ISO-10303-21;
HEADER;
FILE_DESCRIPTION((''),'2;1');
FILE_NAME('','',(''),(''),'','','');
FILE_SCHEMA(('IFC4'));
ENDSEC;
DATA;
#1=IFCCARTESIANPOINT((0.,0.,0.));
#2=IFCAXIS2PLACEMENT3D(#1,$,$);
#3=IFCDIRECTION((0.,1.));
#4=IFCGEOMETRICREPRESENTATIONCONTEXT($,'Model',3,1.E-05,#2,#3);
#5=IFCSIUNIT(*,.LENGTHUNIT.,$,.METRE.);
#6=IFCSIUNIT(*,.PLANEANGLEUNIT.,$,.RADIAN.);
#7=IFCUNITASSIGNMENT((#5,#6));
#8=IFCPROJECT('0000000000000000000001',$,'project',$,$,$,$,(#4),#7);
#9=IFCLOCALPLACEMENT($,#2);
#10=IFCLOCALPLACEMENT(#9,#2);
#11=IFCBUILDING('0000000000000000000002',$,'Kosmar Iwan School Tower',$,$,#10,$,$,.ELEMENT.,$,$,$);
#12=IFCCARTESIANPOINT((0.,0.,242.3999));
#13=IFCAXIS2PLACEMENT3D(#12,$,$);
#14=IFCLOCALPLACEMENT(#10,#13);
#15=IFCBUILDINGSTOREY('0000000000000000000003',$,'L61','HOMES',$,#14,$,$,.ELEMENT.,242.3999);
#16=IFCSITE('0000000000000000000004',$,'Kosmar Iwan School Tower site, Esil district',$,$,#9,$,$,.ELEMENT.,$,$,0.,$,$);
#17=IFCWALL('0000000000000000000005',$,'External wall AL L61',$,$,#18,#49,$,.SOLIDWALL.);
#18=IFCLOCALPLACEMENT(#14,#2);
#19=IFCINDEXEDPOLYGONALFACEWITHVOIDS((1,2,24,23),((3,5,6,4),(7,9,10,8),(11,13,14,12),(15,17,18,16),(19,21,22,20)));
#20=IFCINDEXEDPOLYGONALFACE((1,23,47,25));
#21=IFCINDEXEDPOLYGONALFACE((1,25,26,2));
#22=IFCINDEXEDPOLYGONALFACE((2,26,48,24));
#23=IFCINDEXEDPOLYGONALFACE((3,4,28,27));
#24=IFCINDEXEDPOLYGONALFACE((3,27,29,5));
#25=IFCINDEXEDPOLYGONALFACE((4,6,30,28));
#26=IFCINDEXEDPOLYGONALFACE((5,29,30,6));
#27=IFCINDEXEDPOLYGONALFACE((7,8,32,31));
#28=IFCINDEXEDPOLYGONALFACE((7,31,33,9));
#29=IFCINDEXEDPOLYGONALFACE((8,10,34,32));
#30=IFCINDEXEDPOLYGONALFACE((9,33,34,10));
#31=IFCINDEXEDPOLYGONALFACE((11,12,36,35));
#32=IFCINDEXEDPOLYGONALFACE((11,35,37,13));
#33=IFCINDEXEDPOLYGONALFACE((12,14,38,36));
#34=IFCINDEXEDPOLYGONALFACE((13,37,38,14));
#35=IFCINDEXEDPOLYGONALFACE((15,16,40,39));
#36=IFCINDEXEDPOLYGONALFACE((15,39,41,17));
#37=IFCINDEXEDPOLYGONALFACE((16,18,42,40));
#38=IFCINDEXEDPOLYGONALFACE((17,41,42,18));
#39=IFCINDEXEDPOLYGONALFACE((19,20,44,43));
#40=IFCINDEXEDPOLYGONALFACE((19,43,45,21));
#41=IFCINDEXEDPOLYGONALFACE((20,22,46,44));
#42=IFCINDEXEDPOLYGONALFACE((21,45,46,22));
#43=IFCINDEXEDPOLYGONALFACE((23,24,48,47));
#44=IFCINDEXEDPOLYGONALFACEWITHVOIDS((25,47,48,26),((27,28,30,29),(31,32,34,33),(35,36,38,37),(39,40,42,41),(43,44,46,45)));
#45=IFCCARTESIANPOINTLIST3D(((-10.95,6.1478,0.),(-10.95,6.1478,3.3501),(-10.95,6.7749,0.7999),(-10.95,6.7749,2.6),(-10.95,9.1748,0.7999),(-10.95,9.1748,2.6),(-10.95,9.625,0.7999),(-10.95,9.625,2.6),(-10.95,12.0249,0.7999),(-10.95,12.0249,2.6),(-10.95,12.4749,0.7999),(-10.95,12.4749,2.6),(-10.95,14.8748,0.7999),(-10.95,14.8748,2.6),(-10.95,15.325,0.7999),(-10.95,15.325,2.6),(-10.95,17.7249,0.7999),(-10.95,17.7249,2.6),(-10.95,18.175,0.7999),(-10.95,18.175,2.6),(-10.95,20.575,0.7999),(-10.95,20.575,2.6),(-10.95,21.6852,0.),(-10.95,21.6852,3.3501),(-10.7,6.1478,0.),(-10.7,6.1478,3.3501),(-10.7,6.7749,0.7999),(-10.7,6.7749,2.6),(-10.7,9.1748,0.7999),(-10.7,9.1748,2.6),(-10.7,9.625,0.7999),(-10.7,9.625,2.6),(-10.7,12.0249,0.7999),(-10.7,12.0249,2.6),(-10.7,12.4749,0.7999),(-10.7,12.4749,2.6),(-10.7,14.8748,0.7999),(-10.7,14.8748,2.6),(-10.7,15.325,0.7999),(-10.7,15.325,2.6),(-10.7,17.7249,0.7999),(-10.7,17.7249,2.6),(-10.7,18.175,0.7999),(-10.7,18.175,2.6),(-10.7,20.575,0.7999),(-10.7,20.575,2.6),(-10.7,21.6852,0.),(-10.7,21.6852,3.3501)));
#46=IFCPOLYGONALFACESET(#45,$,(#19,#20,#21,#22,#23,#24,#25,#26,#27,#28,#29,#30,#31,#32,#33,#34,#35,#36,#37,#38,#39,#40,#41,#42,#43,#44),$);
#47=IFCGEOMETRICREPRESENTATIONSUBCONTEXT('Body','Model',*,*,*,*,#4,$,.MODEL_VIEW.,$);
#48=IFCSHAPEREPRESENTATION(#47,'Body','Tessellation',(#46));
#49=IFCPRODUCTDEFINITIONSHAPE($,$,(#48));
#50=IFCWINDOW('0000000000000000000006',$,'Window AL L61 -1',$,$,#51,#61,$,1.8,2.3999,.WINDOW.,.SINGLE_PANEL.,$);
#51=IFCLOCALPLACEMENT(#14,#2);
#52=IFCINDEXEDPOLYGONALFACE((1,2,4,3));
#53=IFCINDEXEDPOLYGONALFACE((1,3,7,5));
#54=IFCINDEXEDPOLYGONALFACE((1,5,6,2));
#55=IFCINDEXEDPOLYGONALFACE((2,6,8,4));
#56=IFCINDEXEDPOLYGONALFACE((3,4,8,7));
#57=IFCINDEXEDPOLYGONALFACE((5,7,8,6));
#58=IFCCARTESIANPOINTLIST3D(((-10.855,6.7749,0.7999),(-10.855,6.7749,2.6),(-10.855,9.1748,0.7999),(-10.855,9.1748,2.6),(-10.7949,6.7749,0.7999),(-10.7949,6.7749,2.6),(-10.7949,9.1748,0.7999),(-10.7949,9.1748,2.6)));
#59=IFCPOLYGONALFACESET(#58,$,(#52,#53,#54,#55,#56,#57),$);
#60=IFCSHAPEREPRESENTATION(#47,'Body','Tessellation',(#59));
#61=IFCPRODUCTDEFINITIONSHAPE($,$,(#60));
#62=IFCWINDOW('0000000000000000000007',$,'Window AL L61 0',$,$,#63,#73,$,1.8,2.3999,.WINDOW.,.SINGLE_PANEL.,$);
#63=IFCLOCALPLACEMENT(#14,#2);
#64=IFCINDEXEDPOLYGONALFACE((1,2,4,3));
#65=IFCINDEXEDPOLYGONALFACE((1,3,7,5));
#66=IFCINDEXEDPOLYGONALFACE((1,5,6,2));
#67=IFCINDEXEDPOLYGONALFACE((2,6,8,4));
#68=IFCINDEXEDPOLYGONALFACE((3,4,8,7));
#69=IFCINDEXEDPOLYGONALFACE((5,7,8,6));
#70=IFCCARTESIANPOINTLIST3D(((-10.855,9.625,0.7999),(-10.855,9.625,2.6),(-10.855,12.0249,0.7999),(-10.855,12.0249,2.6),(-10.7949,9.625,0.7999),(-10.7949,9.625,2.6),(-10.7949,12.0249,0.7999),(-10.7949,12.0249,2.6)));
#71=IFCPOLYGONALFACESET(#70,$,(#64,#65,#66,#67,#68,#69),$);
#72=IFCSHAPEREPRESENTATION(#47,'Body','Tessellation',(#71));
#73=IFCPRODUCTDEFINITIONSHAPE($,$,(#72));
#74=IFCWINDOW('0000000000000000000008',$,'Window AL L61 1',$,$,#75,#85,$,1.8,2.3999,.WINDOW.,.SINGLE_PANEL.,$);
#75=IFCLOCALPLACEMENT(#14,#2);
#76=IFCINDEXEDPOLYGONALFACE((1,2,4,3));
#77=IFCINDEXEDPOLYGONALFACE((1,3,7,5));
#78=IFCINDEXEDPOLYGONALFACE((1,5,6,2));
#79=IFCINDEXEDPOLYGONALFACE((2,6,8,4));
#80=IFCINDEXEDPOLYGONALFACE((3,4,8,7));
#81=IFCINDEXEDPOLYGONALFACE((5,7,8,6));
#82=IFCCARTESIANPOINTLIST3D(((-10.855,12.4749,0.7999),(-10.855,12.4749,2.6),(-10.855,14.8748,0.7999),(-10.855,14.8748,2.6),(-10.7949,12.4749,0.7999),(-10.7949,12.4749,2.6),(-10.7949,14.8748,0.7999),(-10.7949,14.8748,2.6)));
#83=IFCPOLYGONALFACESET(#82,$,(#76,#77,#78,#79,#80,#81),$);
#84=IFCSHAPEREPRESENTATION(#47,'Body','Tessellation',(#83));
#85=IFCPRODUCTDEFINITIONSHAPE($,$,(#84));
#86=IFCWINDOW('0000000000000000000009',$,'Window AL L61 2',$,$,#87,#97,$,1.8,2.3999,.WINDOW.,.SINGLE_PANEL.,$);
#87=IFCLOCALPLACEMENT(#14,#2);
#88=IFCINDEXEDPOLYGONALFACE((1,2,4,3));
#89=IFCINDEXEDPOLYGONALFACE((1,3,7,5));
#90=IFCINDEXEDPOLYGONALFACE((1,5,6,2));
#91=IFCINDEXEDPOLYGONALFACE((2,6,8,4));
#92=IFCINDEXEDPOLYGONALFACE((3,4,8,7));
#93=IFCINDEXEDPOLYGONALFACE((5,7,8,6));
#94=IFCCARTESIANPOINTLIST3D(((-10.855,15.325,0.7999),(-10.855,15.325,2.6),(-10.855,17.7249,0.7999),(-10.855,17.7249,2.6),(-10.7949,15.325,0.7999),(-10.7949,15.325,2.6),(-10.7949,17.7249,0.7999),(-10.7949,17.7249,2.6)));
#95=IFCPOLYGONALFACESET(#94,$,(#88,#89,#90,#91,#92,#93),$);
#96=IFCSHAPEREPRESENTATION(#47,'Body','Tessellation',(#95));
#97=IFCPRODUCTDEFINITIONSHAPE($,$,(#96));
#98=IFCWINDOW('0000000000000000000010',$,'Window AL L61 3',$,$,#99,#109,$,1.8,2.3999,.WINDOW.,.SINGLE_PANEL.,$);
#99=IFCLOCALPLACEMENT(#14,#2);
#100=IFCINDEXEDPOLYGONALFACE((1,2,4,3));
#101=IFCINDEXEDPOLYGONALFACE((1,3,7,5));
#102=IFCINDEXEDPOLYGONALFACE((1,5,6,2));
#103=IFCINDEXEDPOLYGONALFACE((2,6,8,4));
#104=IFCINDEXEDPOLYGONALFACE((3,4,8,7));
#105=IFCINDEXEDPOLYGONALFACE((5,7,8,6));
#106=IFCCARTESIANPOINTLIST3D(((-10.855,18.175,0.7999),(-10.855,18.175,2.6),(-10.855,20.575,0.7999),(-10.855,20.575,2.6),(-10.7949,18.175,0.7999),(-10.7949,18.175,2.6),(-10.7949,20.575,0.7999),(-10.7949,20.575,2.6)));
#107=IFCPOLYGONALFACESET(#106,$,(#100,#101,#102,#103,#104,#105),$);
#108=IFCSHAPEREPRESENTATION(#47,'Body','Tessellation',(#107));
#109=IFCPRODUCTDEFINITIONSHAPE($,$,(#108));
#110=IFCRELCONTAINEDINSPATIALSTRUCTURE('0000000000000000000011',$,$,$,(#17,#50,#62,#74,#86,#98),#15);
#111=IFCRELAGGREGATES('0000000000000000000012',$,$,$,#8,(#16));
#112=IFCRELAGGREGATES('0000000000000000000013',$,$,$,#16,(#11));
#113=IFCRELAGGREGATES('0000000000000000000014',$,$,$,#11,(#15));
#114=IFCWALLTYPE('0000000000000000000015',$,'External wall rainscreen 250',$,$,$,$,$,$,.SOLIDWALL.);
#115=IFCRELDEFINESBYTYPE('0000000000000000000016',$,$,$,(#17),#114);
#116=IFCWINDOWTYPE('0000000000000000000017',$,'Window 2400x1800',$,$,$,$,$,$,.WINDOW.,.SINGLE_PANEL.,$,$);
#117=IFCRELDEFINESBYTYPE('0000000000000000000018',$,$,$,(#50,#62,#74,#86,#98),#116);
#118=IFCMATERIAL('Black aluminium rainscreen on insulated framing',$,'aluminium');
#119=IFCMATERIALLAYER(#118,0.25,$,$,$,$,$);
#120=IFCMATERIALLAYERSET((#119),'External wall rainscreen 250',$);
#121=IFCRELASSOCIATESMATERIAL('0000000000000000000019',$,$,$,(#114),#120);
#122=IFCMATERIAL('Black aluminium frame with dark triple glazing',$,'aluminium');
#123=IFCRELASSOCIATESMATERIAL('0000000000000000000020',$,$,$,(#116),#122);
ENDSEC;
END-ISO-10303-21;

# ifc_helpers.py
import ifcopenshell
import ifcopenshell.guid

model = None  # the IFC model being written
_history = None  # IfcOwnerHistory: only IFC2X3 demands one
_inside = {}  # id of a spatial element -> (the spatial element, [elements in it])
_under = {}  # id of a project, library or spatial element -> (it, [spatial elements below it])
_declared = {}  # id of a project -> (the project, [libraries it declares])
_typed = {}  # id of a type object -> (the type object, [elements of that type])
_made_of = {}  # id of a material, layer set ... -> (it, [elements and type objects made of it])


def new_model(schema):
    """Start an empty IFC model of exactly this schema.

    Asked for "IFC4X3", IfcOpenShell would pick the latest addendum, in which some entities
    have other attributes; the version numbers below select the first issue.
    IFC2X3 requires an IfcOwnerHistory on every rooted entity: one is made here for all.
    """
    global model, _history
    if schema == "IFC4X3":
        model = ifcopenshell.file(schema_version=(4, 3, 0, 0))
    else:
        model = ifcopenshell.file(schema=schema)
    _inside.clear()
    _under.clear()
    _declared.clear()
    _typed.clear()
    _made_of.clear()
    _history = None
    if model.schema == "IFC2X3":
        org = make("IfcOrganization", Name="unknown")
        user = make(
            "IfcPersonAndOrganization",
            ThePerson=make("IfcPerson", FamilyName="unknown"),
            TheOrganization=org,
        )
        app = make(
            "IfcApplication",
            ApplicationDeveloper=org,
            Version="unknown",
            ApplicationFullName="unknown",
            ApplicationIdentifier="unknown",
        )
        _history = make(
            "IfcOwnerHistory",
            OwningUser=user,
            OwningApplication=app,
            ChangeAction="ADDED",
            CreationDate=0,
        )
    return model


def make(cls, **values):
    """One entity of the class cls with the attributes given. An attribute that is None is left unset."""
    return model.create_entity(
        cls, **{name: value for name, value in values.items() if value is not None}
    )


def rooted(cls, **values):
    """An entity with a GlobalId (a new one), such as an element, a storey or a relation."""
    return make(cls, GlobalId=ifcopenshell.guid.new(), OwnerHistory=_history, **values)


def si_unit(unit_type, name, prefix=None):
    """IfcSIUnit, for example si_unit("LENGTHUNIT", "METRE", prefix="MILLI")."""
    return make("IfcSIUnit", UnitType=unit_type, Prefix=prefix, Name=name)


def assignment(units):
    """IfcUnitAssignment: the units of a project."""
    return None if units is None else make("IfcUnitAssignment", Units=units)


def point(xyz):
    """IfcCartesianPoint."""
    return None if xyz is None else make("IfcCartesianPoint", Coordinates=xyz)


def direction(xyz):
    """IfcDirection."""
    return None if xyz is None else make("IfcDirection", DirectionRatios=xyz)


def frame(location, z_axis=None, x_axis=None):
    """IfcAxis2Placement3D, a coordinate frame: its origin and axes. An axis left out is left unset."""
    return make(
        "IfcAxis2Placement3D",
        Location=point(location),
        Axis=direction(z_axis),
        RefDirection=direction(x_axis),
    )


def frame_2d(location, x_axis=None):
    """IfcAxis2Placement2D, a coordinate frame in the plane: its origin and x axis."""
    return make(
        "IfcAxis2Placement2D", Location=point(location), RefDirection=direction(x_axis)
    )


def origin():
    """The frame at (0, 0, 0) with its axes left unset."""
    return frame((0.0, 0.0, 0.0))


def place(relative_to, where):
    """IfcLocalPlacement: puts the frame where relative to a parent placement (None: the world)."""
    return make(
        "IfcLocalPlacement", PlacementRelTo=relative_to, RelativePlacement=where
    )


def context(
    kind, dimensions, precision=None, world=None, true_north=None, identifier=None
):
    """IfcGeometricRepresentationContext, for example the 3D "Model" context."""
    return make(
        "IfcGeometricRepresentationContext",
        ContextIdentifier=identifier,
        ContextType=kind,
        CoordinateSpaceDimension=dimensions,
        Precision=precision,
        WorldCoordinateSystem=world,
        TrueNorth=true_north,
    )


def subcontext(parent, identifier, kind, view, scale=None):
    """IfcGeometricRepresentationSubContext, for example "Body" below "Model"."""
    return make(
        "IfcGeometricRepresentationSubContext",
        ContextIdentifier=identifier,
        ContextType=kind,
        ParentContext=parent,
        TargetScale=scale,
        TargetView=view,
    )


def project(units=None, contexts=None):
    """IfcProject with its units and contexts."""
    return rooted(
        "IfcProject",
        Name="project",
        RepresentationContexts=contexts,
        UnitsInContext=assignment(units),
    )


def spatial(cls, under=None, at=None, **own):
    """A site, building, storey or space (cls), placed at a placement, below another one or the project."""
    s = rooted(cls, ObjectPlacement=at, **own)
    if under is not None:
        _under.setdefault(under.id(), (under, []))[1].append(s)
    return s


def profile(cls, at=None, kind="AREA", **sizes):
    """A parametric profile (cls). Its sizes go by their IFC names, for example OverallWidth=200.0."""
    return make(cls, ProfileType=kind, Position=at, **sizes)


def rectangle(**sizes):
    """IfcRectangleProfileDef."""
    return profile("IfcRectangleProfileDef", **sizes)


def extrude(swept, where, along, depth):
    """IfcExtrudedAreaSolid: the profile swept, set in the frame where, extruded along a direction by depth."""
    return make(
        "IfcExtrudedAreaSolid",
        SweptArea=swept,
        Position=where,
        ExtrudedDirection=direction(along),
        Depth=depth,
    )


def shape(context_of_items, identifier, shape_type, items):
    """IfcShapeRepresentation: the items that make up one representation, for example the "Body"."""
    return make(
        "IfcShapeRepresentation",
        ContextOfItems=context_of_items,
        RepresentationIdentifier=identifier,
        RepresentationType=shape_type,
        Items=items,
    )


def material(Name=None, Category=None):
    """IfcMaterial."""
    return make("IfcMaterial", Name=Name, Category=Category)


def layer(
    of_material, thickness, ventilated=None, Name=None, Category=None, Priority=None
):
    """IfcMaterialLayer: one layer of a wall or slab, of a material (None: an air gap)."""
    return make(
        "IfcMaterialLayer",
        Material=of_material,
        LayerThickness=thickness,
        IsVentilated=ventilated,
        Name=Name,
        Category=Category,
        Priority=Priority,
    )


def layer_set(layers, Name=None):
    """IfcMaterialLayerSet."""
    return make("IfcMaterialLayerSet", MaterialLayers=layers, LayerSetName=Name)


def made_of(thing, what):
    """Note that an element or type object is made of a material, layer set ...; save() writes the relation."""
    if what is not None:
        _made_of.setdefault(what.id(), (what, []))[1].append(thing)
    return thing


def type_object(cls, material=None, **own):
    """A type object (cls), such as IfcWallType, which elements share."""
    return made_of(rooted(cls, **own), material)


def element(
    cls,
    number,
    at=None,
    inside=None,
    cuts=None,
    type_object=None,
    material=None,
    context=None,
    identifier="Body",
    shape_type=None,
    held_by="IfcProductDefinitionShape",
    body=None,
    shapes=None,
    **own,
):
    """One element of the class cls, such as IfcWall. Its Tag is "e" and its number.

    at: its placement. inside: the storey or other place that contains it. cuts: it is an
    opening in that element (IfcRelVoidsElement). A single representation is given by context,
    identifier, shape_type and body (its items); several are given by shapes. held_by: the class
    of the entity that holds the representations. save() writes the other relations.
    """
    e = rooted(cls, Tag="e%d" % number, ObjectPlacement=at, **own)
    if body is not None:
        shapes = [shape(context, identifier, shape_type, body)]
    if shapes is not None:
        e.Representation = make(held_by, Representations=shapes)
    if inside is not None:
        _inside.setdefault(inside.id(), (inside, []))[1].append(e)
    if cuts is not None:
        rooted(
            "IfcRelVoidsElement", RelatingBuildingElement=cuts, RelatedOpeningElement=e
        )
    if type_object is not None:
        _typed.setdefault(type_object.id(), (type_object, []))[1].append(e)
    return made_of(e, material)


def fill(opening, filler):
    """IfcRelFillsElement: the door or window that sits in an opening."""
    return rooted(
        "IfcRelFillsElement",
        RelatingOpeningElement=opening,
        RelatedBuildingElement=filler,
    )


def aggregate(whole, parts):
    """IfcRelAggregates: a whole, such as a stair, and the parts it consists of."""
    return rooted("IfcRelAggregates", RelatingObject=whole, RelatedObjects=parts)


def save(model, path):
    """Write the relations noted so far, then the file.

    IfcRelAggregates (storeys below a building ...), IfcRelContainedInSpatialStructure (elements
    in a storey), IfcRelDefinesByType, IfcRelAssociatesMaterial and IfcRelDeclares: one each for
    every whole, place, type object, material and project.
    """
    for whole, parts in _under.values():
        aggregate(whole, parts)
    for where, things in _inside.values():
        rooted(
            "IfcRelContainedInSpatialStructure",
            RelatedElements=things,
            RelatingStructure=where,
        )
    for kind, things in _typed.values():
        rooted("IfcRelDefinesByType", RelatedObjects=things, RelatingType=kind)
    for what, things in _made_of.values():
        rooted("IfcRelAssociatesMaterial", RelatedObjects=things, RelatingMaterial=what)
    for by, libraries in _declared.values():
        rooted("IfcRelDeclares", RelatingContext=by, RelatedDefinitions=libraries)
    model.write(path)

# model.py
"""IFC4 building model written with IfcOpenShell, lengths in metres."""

from ifc_helpers import new_model, si_unit, direction, frame, frame_2d, origin, place, context, subcontext, project, spatial, rectangle, extrude, material, layer, layer_set, type_object, element, fill, save


model = new_model("IFC4")

# Units and contexts
model_context = context("Model", 3, precision=1e-05, world=origin(), true_north=direction((0.0, 1.0)))
body_context = subcontext(model_context, "Body", "Model", "MODEL_VIEW")
ifc_project = project(units=[si_unit("LENGTHUNIT", "METRE"), si_unit("PLANEANGLEUNIT", "RADIAN")], contexts=[model_context])

# Site, building, storey
site_placement = place(None, origin())
site = spatial("IfcSite", under=ifc_project, at=site_placement, Name="Kosmar Iwan School Tower site, Esil district", CompositionType="ELEMENT", RefElevation=0.0)
building_placement = place(site_placement, origin())
building = spatial("IfcBuilding", under=site, at=building_placement, Name="Kosmar Iwan School Tower", CompositionType="ELEMENT")
storey_placement = place(building_placement, frame((0.0, 0.0, 242.3999)))
storey = spatial("IfcBuildingStorey", under=building, at=storey_placement, Name="L61", Description="HOMES", CompositionType="ELEMENT", Elevation=242.3999)

# Wall, openings, windows
ifc_material_1 = material(Name="Black aluminium rainscreen on insulated framing", Category="aluminium")
ifc_layer_1 = layer(ifc_material_1, 0.25)
ifc_layer_set_1 = layer_set([ifc_layer_1], Name="External wall rainscreen 250")
wall_type_1 = type_object("IfcWallType", Name="External wall rainscreen 250", PredefinedType="SOLIDWALL", material=ifc_layer_set_1)
wall_1_placement = place(storey_placement, frame((-10.825, 6.1479, 0.0), z_axis=(0.0, 0.0, 1.0), x_axis=(0.0, 1.0, 0.0)))
wall_1 = element("IfcWall", 1, at=wall_1_placement, inside=storey, type_object=wall_type_1, Name="External wall AL L61", PredefinedType="SOLIDWALL", context=body_context, shape_type="SweptSolid", body=[
    extrude(rectangle(XDim=15.5374, YDim=0.25, at=frame_2d((7.7686, 0.0))), origin(), (0.0, 0.0, 1.0), 3.3501),
])
opening_1_placement = place(wall_1_placement, frame((0.627, 0.0, 0.8)))
opening_1 = element("IfcOpeningElement", 2, at=opening_1_placement, cuts=wall_1, PredefinedType="OPENING", context=body_context, shape_type="SweptSolid", body=[
    extrude(rectangle(XDim=2.3999, YDim=1.8, at=frame_2d((1.2, 0.8999))), frame((0.0, 0.137, 0.0), z_axis=(0.0, -1.0, 0.0), x_axis=(1.0, 0.0, 0.0)), (0.0, 0.0, 1.0), 0.2739),
])
opening_2_placement = place(wall_1_placement, frame((3.4771, 0.0, 0.8)))
opening_2 = element("IfcOpeningElement", 3, at=opening_2_placement, cuts=wall_1, PredefinedType="OPENING", context=body_context, shape_type="SweptSolid", body=[
    extrude(rectangle(XDim=2.3999, YDim=1.8, at=frame_2d((1.2, 0.8999))), frame((0.0, 0.137, 0.0), z_axis=(0.0, -1.0, 0.0), x_axis=(1.0, 0.0, 0.0)), (0.0, 0.0, 1.0), 0.2739),
])
opening_3_placement = place(wall_1_placement, frame((6.3269, 0.0, 0.8)))
opening_3 = element("IfcOpeningElement", 4, at=opening_3_placement, cuts=wall_1, PredefinedType="OPENING", context=body_context, shape_type="SweptSolid", body=[
    extrude(rectangle(XDim=2.3999, YDim=1.8, at=frame_2d((1.2, 0.8999))), frame((0.0, 0.137, 0.0), z_axis=(0.0, -1.0, 0.0), x_axis=(1.0, 0.0, 0.0)), (0.0, 0.0, 1.0), 0.2739),
])
opening_4_placement = place(wall_1_placement, frame((9.177, 0.0, 0.8)))
opening_4 = element("IfcOpeningElement", 5, at=opening_4_placement, cuts=wall_1, PredefinedType="OPENING", context=body_context, shape_type="SweptSolid", body=[
    extrude(rectangle(XDim=2.3999, YDim=1.8, at=frame_2d((1.2, 0.8999))), frame((0.0, 0.137, 0.0), z_axis=(0.0, -1.0, 0.0), x_axis=(1.0, 0.0, 0.0)), (0.0, 0.0, 1.0), 0.2739),
])
opening_5_placement = place(wall_1_placement, frame((12.0271, 0.0, 0.8)))
opening_5 = element("IfcOpeningElement", 6, at=opening_5_placement, cuts=wall_1, PredefinedType="OPENING", context=body_context, shape_type="SweptSolid", body=[
    extrude(rectangle(XDim=2.3999, YDim=1.8, at=frame_2d((1.2, 0.8999))), frame((0.0, 0.137, 0.0), z_axis=(0.0, -1.0, 0.0), x_axis=(1.0, 0.0, 0.0)), (0.0, 0.0, 1.0), 0.2739),
])
ifc_material_2 = material(Name="Black aluminium frame with dark triple glazing", Category="aluminium")
window_type = type_object("IfcWindowType", Name="Window 2400x1800", PartitioningType="SINGLE_PANEL", PredefinedType="WINDOW", material=ifc_material_2)
window_1_placement = place(opening_1_placement, origin())
window_1 = element("IfcWindow", 7, at=window_1_placement, inside=storey, type_object=window_type, Name="Window AL L61 -1", OverallHeight=1.8, OverallWidth=2.3999, PartitioningType="SINGLE_PANEL", PredefinedType="WINDOW", context=body_context, shape_type="SweptSolid", body=[
    extrude(rectangle(XDim=2.3999, YDim=1.8, at=frame_2d((1.2, 0.8999))), frame((0.0, 0.03, 0.0), z_axis=(0.0, -1.0, 0.0), x_axis=(1.0, 0.0, 0.0)), (0.0, 0.0, 1.0), 0.0601),
])
fill(opening_1, window_1)
window_2_placement = place(opening_2_placement, origin())
window_2 = element("IfcWindow", 8, at=window_2_placement, inside=storey, type_object=window_type, Name="Window AL L61 0", OverallHeight=1.8, OverallWidth=2.3999, PartitioningType="SINGLE_PANEL", PredefinedType="WINDOW", context=body_context, shape_type="SweptSolid", body=[
    extrude(rectangle(XDim=2.3999, YDim=1.8, at=frame_2d((1.2, 0.8999))), frame((0.0, 0.03, 0.0), z_axis=(0.0, -1.0, 0.0), x_axis=(1.0, 0.0, 0.0)), (0.0, 0.0, 1.0), 0.0601),
])
fill(opening_2, window_2)
window_3_placement = place(opening_3_placement, origin())
window_3 = element("IfcWindow", 9, at=window_3_placement, inside=storey, type_object=window_type, Name="Window AL L61 1", OverallHeight=1.8, OverallWidth=2.3999, PartitioningType="SINGLE_PANEL", PredefinedType="WINDOW", context=body_context, shape_type="SweptSolid", body=[
    extrude(rectangle(XDim=2.3999, YDim=1.8, at=frame_2d((1.2, 0.8999))), frame((0.0, 0.03, 0.0), z_axis=(0.0, -1.0, 0.0), x_axis=(1.0, 0.0, 0.0)), (0.0, 0.0, 1.0), 0.0601),
])
fill(opening_3, window_3)
window_4_placement = place(opening_4_placement, origin())
window_4 = element("IfcWindow", 10, at=window_4_placement, inside=storey, type_object=window_type, Name="Window AL L61 2", OverallHeight=1.8, OverallWidth=2.3999, PartitioningType="SINGLE_PANEL", PredefinedType="WINDOW", context=body_context, shape_type="SweptSolid", body=[
    extrude(rectangle(XDim=2.3999, YDim=1.8, at=frame_2d((1.2, 0.8999))), frame((0.0, 0.03, 0.0), z_axis=(0.0, -1.0, 0.0), x_axis=(1.0, 0.0, 0.0)), (0.0, 0.0, 1.0), 0.0601),
])
fill(opening_4, window_4)
window_5_placement = place(opening_5_placement, origin())
window_5 = element("IfcWindow", 11, at=window_5_placement, inside=storey, type_object=window_type, Name="Window AL L61 3", OverallHeight=1.8, OverallWidth=2.3999, PartitioningType="SINGLE_PANEL", PredefinedType="WINDOW", context=body_context, shape_type="SweptSolid", body=[
    extrude(rectangle(XDim=2.3999, YDim=1.8, at=frame_2d((1.2, 0.8999))), frame((0.0, 0.03, 0.0), z_axis=(0.0, -1.0, 0.0), x_axis=(1.0, 0.0, 0.0)), (0.0, 0.0, 1.0), 0.0601),
])
fill(opening_5, window_5)

save(model, "model.ifc")
